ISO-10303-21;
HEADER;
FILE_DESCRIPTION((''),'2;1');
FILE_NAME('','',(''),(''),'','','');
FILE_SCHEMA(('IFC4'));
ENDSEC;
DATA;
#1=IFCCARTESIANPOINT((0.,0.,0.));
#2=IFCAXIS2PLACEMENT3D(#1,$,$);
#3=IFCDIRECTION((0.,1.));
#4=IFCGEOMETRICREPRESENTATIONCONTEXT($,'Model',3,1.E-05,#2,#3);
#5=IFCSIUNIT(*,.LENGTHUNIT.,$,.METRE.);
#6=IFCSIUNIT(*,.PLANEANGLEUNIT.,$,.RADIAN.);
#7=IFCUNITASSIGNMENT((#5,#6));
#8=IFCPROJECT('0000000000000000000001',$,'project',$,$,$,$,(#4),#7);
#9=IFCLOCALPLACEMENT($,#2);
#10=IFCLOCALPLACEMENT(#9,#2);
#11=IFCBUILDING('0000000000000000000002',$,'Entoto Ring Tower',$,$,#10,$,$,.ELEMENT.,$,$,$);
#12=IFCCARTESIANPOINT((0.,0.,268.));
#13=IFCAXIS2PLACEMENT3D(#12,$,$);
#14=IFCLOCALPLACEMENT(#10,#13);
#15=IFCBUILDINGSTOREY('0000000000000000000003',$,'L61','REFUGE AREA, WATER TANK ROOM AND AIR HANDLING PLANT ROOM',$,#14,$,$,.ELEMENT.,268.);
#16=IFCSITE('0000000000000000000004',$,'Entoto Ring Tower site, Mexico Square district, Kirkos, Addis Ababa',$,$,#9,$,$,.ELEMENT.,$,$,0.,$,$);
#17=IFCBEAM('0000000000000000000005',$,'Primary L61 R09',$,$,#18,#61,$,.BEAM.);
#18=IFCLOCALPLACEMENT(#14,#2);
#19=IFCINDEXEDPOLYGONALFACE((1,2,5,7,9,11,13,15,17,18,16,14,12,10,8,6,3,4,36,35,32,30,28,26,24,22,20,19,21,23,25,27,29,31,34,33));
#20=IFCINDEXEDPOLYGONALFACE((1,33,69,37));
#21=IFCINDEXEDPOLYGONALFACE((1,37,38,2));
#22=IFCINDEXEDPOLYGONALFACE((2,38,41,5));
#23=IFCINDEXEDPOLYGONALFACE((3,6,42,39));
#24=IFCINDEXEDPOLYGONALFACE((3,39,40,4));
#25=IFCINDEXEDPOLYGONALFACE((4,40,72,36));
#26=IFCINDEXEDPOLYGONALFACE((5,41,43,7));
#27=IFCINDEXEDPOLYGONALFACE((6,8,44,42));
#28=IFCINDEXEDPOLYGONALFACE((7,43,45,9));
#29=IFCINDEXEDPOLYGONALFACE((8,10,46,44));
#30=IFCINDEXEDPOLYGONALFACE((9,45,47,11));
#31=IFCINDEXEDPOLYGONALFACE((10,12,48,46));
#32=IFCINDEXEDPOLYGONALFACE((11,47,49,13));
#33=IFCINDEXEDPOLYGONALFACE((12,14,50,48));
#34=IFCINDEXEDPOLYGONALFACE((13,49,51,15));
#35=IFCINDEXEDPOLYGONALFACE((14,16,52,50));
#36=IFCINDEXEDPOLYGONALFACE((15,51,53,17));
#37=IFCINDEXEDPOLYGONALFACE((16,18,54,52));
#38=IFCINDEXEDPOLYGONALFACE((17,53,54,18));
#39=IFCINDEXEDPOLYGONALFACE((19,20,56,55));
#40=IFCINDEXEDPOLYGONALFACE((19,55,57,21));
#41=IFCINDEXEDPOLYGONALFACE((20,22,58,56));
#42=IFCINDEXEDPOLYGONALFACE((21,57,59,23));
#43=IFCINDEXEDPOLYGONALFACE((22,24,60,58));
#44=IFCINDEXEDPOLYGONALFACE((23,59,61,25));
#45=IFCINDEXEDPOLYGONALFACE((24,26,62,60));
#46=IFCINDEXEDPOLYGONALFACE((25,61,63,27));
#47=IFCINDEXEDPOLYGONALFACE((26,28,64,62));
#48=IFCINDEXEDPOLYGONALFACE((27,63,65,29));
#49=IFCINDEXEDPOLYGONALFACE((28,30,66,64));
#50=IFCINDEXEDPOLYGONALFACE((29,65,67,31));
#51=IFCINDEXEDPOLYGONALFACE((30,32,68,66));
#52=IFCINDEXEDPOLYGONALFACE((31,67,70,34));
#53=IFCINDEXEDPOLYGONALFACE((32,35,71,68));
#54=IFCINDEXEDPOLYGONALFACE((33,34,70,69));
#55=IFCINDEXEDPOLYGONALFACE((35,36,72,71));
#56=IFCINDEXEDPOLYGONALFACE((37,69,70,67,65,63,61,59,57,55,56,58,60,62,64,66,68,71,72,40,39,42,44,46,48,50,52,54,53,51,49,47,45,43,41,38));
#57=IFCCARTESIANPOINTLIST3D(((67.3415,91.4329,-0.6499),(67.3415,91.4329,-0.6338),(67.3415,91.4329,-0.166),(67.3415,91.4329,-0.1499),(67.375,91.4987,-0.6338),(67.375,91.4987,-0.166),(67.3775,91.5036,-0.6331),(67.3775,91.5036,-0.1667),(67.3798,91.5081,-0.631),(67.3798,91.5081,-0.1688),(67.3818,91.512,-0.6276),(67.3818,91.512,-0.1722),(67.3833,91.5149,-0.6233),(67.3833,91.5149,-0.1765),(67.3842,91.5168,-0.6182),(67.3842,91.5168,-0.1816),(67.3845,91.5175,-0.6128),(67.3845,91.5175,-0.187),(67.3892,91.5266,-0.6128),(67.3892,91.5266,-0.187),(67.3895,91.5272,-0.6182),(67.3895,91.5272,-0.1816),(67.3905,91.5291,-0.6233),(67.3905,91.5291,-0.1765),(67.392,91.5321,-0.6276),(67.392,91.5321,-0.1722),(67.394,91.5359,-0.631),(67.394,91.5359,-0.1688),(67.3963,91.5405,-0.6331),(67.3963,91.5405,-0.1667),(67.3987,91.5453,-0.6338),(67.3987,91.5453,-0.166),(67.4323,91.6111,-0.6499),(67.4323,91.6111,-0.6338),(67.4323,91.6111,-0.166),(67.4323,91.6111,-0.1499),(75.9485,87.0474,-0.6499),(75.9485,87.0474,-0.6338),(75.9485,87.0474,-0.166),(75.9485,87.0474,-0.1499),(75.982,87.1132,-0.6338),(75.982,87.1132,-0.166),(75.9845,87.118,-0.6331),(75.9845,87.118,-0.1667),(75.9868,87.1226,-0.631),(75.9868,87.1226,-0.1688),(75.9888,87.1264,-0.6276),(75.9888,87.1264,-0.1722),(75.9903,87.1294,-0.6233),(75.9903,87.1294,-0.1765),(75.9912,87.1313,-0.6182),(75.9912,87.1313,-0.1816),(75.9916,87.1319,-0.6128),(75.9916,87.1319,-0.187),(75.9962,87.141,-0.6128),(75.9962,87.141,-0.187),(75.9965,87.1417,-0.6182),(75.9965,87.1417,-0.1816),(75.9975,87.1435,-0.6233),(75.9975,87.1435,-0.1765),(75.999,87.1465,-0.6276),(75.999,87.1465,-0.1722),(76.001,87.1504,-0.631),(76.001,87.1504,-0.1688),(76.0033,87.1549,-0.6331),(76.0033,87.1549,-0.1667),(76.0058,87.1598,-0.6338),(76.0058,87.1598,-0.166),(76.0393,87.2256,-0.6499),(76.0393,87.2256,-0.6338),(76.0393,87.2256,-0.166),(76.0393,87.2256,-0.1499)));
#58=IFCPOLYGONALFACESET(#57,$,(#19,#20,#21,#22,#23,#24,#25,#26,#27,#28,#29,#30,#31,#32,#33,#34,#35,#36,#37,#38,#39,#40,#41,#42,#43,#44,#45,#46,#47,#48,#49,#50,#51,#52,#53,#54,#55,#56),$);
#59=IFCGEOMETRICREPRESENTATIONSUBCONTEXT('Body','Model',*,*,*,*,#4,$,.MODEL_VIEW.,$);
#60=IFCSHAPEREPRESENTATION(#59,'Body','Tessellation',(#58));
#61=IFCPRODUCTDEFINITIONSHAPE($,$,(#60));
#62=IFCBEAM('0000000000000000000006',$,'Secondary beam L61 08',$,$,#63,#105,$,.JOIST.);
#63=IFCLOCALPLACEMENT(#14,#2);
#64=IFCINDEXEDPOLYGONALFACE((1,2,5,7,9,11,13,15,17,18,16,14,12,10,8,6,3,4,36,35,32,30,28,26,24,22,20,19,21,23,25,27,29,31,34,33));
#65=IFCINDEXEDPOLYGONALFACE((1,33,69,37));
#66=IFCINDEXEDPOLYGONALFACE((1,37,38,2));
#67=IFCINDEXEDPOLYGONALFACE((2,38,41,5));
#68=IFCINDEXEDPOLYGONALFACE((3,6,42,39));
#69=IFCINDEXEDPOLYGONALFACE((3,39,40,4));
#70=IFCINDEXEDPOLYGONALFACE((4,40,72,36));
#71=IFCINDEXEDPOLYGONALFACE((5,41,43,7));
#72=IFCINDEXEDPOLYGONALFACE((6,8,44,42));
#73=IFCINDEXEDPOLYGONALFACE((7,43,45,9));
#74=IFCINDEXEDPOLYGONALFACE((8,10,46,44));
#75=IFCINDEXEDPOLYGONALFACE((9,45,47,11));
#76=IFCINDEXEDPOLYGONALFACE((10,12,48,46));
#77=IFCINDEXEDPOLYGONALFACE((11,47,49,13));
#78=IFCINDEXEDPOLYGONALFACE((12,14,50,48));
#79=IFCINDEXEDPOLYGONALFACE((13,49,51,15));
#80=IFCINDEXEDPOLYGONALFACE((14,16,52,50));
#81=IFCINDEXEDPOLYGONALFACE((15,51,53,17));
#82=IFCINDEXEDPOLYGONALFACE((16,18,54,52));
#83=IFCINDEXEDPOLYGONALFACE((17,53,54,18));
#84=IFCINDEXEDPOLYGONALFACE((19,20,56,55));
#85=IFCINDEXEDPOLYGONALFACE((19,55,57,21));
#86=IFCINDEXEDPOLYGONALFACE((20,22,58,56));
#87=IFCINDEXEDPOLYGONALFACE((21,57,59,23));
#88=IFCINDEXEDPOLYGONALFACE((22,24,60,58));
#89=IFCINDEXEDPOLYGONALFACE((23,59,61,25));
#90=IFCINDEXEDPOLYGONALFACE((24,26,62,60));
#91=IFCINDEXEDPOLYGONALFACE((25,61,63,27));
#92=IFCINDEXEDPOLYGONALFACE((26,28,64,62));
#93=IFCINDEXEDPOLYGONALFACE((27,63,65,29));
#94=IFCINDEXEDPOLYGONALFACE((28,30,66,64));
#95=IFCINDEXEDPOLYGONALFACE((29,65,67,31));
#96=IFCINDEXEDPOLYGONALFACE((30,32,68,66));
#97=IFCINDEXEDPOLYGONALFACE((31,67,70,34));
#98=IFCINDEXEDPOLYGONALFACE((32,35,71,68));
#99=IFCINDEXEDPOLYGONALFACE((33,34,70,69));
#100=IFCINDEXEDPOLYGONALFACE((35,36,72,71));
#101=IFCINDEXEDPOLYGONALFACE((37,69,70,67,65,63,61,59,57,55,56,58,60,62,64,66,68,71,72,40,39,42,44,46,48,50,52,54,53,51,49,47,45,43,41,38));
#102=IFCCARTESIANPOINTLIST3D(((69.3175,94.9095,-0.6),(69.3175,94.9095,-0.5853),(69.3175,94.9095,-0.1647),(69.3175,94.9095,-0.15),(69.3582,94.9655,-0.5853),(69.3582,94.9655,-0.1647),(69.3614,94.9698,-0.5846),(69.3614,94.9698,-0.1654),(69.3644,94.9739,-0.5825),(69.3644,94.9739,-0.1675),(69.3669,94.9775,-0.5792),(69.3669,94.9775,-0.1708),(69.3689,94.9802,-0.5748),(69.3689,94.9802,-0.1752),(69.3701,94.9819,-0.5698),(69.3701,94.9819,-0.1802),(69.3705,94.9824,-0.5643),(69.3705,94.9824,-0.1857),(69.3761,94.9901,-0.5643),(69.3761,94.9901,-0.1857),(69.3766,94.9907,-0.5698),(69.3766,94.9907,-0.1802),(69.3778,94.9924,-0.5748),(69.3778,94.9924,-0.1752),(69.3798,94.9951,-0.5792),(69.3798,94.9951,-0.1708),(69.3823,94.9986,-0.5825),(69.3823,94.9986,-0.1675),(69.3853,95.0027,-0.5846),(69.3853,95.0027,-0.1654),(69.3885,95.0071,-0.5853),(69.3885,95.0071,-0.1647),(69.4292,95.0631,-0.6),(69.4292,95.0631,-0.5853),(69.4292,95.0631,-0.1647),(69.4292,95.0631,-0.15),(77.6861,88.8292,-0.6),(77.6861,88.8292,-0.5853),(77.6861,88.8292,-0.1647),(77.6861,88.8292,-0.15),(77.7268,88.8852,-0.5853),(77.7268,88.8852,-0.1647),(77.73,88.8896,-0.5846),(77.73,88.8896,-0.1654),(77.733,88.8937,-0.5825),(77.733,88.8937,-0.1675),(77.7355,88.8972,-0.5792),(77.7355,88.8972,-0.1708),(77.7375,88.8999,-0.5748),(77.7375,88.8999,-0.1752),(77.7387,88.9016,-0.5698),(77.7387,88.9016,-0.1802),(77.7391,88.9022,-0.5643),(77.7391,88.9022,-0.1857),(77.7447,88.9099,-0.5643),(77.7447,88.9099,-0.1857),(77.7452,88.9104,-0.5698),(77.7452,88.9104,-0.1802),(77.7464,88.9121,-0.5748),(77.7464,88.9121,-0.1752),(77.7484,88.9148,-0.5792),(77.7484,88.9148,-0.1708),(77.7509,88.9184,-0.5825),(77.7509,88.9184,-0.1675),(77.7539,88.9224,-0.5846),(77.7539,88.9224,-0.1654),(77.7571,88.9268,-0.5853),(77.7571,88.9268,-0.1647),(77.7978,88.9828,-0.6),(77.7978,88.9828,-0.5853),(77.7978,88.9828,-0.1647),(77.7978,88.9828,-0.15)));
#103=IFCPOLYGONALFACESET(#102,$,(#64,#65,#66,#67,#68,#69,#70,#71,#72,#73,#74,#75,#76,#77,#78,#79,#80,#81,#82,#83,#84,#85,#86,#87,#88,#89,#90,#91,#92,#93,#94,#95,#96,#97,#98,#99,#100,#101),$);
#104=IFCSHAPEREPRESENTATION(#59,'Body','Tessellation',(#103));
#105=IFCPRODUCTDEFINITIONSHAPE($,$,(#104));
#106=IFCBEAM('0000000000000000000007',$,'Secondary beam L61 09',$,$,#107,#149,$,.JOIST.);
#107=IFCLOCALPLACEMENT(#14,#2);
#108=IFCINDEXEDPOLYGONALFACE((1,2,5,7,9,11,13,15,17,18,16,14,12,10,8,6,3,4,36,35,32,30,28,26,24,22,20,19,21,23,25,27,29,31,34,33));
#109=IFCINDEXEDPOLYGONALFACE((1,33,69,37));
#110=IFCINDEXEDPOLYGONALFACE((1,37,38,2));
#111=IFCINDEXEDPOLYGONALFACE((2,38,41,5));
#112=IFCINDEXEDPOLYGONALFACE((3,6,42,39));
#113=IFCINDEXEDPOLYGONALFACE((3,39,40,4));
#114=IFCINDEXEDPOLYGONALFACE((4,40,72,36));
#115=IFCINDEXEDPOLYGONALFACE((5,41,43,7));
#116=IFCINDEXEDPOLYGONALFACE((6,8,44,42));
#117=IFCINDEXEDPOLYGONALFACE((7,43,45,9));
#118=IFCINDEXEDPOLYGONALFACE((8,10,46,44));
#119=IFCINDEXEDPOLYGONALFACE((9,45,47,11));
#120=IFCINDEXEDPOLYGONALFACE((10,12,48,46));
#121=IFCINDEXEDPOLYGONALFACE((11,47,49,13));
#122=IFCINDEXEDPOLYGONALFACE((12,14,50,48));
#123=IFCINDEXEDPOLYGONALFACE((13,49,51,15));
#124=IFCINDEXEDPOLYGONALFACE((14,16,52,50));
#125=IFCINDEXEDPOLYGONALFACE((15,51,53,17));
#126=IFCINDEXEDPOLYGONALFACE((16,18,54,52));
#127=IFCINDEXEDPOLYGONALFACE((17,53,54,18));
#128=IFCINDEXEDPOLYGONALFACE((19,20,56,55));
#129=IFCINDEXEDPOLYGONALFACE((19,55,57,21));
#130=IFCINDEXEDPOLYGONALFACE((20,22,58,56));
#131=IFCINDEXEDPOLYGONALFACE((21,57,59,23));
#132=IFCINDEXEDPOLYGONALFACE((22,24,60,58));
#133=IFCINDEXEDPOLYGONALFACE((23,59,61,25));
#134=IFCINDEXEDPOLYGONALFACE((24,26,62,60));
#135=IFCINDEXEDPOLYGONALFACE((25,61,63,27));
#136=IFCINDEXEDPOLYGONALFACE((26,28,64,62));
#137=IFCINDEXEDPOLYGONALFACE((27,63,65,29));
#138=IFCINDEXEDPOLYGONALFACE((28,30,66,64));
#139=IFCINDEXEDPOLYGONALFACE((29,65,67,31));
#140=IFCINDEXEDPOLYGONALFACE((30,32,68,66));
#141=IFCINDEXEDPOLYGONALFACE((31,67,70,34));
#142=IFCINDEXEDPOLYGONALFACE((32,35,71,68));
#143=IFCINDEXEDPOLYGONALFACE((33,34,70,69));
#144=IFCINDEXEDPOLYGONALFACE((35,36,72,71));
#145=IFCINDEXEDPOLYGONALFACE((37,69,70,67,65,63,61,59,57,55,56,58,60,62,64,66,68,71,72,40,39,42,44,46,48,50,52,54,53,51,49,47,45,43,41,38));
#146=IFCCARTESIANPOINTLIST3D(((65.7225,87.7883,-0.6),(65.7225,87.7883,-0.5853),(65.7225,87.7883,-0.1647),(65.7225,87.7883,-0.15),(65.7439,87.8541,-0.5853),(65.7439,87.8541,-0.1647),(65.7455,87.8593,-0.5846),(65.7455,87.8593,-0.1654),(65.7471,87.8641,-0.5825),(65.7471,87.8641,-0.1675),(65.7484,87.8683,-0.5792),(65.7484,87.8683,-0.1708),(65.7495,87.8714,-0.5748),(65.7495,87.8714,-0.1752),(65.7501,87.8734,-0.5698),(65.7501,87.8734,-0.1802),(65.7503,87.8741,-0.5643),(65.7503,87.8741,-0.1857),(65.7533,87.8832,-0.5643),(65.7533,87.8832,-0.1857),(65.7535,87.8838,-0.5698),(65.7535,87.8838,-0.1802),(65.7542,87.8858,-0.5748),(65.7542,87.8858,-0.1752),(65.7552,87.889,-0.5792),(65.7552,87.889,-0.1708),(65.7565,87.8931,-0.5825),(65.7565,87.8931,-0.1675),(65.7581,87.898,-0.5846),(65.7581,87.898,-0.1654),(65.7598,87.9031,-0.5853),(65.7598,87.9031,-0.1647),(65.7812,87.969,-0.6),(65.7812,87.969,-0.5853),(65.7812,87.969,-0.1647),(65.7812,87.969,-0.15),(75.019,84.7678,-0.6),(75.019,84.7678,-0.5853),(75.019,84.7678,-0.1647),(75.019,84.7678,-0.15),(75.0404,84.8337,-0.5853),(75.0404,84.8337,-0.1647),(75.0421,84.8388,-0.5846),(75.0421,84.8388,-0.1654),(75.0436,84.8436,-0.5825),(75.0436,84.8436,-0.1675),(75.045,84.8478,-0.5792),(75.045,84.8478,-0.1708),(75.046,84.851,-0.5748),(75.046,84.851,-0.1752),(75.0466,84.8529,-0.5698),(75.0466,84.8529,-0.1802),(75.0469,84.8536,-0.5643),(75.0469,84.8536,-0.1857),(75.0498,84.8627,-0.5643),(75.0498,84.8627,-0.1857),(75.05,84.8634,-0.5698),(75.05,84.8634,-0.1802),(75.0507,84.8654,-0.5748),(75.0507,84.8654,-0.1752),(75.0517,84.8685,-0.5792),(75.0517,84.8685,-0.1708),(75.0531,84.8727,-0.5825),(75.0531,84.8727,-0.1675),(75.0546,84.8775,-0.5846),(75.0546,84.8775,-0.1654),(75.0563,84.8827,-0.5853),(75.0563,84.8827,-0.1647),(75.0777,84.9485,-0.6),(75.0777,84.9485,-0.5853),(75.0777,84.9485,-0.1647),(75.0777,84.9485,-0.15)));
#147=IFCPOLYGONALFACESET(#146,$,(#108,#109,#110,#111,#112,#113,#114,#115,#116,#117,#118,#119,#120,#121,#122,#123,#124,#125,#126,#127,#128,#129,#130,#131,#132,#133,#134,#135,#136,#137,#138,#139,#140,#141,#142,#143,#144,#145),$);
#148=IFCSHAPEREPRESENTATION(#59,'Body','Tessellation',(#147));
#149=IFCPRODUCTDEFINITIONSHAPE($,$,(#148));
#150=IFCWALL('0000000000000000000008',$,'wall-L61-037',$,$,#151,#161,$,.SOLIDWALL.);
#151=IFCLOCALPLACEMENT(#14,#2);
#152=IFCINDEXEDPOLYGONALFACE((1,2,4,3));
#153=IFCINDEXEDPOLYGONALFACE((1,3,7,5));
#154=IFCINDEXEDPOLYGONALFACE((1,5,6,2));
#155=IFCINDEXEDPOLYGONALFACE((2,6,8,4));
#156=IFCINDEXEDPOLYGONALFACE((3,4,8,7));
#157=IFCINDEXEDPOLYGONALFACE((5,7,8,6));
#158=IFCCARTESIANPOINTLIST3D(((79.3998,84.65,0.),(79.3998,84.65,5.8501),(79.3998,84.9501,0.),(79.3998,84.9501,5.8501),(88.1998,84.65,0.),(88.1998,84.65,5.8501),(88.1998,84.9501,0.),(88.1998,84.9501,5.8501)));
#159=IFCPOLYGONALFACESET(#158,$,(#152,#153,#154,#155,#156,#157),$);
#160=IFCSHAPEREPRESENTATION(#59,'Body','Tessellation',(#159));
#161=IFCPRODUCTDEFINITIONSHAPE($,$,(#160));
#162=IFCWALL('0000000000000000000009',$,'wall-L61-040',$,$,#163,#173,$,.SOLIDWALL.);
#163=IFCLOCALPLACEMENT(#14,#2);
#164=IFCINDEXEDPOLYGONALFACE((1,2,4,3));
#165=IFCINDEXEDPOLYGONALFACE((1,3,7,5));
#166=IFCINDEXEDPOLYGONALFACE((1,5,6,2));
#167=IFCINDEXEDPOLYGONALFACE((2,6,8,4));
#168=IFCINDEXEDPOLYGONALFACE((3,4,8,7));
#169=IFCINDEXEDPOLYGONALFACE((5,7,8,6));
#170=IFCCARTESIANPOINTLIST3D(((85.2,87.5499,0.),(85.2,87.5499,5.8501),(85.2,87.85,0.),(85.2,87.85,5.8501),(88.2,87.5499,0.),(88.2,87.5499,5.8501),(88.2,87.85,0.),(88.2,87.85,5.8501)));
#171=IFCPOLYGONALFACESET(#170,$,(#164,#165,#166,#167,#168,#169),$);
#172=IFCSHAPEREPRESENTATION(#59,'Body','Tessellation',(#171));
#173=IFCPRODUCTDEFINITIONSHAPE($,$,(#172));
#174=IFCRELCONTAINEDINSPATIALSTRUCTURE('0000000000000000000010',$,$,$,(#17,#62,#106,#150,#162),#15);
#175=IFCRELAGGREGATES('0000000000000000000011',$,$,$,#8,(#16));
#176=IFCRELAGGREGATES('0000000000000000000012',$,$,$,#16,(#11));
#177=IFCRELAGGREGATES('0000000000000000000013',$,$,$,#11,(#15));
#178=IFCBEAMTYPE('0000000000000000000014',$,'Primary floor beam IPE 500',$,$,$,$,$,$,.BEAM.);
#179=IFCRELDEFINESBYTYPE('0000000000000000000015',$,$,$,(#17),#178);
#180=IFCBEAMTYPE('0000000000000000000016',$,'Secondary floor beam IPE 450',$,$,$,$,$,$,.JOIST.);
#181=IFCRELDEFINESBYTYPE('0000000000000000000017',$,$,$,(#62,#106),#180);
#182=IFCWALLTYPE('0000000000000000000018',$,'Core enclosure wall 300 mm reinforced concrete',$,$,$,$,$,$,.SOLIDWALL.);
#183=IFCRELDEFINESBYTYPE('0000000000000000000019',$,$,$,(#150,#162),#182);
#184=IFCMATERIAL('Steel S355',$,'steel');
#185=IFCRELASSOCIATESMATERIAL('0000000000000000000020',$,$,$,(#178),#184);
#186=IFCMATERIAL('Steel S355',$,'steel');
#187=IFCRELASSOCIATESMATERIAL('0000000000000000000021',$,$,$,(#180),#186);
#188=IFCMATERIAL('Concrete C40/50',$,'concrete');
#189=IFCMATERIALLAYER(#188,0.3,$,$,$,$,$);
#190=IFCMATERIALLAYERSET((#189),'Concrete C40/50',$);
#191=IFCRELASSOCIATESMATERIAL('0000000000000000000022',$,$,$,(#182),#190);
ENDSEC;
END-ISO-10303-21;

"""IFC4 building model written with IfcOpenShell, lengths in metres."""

from ifc_helpers import new_model, si_unit, direction, frame, frame_2d, origin, origin_2d, place, context, subcontext, project, spatial, rectangle, i_section, extrude, material, layer, layer_set, material_profile, profile_set, type_object, element, save


model = new_model("IFC4")

# Units and contexts
model_context = context("Model", 3, precision=1e-05, world=origin(), true_north=direction((0.0, 1.0)))
body_context = subcontext(model_context, "Body", "Model", "MODEL_VIEW")
ifc_project = project(units=[si_unit("LENGTHUNIT", "METRE"), si_unit("PLANEANGLEUNIT", "RADIAN")], contexts=[model_context])

# Site, building, storey
site_placement = place(None, origin())
site = spatial("IfcSite", under=ifc_project, at=site_placement, Name="Entoto Ring Tower site, Mexico Square district, Kirkos, Addis Ababa", CompositionType="ELEMENT", RefElevation=0.0)
building_placement = place(site_placement, origin())
building = spatial("IfcBuilding", under=site, at=building_placement, Name="Entoto Ring Tower", CompositionType="ELEMENT")
storey_placement = place(building_placement, frame((0.0, 0.0, 268.0)))
storey = spatial("IfcBuildingStorey", under=building, at=storey_placement, Name="L61", Description="REFUGE AREA, WATER TANK ROOM AND AIR HANDLING PLANT ROOM", CompositionType="ELEMENT", Elevation=268.0)

# Beams
ifc_material_1 = material(Name="Steel S355", Category="steel")
ifc_material_profile_1 = material_profile(ifc_material_1, i_section(OverallWidth=0.2, OverallDepth=0.5, WebThickness=0.0103, FlangeThickness=0.0161, FilletRadius=0.021, at=origin_2d()), Name="IPE 500")
ifc_profile_set_1 = profile_set([ifc_material_profile_1], Name="Steel S355")
beam_type_1 = type_object("IfcBeamType", Name="Primary floor beam IPE 500", PredefinedType="BEAM", material=ifc_profile_set_1)
beam_1_placement = place(storey_placement, frame((75.9939, 87.1365, -0.3999), z_axis=(-0.891005, 0.453994, 0.0), x_axis=(-0.453994, -0.891005, 0.0)))
element("IfcBeam", 1, at=beam_1_placement, inside=storey, type_object=beam_type_1, Name="Primary L61 R09", PredefinedType="BEAM", context=body_context, shape_type="SweptSolid", body=[
    extrude(i_section(OverallWidth=0.2, OverallDepth=0.5, WebThickness=0.0103, FlangeThickness=0.0161, FilletRadius=0.021, at=origin_2d()), origin(), (0.0, 0.0, 1.0), 9.6599),
])
ifc_material_2 = material(Name="Steel S355", Category="steel")
ifc_material_profile_2 = material_profile(ifc_material_2, i_section(OverallWidth=0.1899, OverallDepth=0.45, WebThickness=0.0095, FlangeThickness=0.0146, FilletRadius=0.021, at=origin_2d()), Name="IPE 450")
ifc_profile_set_2 = profile_set([ifc_material_profile_2], Name="Steel S355")
beam_type_2 = type_object("IfcBeamType", Name="Secondary floor beam IPE 450", PredefinedType="JOIST", material=ifc_profile_set_2)
beam_2_placement = place(storey_placement, frame((77.7419, 88.906, -0.375), z_axis=(-0.809011, 0.587794, 0.0), x_axis=(-0.587794, -0.809011, 0.0)))
element("IfcBeam", 2, at=beam_2_placement, inside=storey, type_object=beam_type_2, Name="Secondary beam L61 08", PredefinedType="JOIST", context=body_context, shape_type="SweptSolid", body=[
    extrude(i_section(OverallWidth=0.1899, OverallDepth=0.45, WebThickness=0.0095, FlangeThickness=0.0146, FilletRadius=0.021, at=origin_2d()), origin(), (0.0, 0.0, 1.0), 10.3442),
])
beam_3_placement = place(storey_placement, frame((75.0483, 84.8582, -0.375), z_axis=(-0.951061, 0.309003, 0.0), x_axis=(-0.309003, -0.951061, 0.0)))
element("IfcBeam", 3, at=beam_3_placement, inside=storey, type_object=beam_type_2, Name="Secondary beam L61 09", PredefinedType="JOIST", context=body_context, shape_type="SweptSolid", body=[
    extrude(i_section(OverallWidth=0.1899, OverallDepth=0.45, WebThickness=0.0095, FlangeThickness=0.0146, FilletRadius=0.021, at=origin_2d()), origin(), (0.0, 0.0, 1.0), 9.7749),
])

# Walls
ifc_material_3 = material(Name="Concrete C40/50", Category="concrete")
ifc_layer_1 = layer(ifc_material_3, 0.3)
ifc_layer_set_1 = layer_set([ifc_layer_1], Name="Concrete C40/50")
wall_type_1 = type_object("IfcWallType", Name="Core enclosure wall 300 mm reinforced concrete", PredefinedType="SOLIDWALL", material=ifc_layer_set_1)
wall_1_placement = place(storey_placement, frame((79.3999, 84.8, 0.0), z_axis=(0.0, 0.0, 1.0), x_axis=(1.0, 0.0, 0.0)))
element("IfcWall", 4, at=wall_1_placement, inside=storey, type_object=wall_type_1, Name="wall-L61-037", PredefinedType="SOLIDWALL", context=body_context, shape_type="SweptSolid", body=[
    extrude(rectangle(XDim=8.8, YDim=0.3, at=frame_2d((4.3999, 0.0))), origin(), (0.0, 0.0, 1.0), 5.8501),
])
wall_2_placement = place(storey_placement, frame((85.2, 87.7, 0.0), z_axis=(0.0, 0.0, 1.0), x_axis=(1.0, 0.0, 0.0)))
element("IfcWall", 5, at=wall_2_placement, inside=storey, type_object=wall_type_1, Name="wall-L61-040", PredefinedType="SOLIDWALL", context=body_context, shape_type="SweptSolid", body=[
    extrude(rectangle(XDim=3.0, YDim=0.3, at=frame_2d((1.5, 0.0))), origin(), (0.0, 0.0, 1.0), 5.8501),
])

save(model, "model.ifc")
